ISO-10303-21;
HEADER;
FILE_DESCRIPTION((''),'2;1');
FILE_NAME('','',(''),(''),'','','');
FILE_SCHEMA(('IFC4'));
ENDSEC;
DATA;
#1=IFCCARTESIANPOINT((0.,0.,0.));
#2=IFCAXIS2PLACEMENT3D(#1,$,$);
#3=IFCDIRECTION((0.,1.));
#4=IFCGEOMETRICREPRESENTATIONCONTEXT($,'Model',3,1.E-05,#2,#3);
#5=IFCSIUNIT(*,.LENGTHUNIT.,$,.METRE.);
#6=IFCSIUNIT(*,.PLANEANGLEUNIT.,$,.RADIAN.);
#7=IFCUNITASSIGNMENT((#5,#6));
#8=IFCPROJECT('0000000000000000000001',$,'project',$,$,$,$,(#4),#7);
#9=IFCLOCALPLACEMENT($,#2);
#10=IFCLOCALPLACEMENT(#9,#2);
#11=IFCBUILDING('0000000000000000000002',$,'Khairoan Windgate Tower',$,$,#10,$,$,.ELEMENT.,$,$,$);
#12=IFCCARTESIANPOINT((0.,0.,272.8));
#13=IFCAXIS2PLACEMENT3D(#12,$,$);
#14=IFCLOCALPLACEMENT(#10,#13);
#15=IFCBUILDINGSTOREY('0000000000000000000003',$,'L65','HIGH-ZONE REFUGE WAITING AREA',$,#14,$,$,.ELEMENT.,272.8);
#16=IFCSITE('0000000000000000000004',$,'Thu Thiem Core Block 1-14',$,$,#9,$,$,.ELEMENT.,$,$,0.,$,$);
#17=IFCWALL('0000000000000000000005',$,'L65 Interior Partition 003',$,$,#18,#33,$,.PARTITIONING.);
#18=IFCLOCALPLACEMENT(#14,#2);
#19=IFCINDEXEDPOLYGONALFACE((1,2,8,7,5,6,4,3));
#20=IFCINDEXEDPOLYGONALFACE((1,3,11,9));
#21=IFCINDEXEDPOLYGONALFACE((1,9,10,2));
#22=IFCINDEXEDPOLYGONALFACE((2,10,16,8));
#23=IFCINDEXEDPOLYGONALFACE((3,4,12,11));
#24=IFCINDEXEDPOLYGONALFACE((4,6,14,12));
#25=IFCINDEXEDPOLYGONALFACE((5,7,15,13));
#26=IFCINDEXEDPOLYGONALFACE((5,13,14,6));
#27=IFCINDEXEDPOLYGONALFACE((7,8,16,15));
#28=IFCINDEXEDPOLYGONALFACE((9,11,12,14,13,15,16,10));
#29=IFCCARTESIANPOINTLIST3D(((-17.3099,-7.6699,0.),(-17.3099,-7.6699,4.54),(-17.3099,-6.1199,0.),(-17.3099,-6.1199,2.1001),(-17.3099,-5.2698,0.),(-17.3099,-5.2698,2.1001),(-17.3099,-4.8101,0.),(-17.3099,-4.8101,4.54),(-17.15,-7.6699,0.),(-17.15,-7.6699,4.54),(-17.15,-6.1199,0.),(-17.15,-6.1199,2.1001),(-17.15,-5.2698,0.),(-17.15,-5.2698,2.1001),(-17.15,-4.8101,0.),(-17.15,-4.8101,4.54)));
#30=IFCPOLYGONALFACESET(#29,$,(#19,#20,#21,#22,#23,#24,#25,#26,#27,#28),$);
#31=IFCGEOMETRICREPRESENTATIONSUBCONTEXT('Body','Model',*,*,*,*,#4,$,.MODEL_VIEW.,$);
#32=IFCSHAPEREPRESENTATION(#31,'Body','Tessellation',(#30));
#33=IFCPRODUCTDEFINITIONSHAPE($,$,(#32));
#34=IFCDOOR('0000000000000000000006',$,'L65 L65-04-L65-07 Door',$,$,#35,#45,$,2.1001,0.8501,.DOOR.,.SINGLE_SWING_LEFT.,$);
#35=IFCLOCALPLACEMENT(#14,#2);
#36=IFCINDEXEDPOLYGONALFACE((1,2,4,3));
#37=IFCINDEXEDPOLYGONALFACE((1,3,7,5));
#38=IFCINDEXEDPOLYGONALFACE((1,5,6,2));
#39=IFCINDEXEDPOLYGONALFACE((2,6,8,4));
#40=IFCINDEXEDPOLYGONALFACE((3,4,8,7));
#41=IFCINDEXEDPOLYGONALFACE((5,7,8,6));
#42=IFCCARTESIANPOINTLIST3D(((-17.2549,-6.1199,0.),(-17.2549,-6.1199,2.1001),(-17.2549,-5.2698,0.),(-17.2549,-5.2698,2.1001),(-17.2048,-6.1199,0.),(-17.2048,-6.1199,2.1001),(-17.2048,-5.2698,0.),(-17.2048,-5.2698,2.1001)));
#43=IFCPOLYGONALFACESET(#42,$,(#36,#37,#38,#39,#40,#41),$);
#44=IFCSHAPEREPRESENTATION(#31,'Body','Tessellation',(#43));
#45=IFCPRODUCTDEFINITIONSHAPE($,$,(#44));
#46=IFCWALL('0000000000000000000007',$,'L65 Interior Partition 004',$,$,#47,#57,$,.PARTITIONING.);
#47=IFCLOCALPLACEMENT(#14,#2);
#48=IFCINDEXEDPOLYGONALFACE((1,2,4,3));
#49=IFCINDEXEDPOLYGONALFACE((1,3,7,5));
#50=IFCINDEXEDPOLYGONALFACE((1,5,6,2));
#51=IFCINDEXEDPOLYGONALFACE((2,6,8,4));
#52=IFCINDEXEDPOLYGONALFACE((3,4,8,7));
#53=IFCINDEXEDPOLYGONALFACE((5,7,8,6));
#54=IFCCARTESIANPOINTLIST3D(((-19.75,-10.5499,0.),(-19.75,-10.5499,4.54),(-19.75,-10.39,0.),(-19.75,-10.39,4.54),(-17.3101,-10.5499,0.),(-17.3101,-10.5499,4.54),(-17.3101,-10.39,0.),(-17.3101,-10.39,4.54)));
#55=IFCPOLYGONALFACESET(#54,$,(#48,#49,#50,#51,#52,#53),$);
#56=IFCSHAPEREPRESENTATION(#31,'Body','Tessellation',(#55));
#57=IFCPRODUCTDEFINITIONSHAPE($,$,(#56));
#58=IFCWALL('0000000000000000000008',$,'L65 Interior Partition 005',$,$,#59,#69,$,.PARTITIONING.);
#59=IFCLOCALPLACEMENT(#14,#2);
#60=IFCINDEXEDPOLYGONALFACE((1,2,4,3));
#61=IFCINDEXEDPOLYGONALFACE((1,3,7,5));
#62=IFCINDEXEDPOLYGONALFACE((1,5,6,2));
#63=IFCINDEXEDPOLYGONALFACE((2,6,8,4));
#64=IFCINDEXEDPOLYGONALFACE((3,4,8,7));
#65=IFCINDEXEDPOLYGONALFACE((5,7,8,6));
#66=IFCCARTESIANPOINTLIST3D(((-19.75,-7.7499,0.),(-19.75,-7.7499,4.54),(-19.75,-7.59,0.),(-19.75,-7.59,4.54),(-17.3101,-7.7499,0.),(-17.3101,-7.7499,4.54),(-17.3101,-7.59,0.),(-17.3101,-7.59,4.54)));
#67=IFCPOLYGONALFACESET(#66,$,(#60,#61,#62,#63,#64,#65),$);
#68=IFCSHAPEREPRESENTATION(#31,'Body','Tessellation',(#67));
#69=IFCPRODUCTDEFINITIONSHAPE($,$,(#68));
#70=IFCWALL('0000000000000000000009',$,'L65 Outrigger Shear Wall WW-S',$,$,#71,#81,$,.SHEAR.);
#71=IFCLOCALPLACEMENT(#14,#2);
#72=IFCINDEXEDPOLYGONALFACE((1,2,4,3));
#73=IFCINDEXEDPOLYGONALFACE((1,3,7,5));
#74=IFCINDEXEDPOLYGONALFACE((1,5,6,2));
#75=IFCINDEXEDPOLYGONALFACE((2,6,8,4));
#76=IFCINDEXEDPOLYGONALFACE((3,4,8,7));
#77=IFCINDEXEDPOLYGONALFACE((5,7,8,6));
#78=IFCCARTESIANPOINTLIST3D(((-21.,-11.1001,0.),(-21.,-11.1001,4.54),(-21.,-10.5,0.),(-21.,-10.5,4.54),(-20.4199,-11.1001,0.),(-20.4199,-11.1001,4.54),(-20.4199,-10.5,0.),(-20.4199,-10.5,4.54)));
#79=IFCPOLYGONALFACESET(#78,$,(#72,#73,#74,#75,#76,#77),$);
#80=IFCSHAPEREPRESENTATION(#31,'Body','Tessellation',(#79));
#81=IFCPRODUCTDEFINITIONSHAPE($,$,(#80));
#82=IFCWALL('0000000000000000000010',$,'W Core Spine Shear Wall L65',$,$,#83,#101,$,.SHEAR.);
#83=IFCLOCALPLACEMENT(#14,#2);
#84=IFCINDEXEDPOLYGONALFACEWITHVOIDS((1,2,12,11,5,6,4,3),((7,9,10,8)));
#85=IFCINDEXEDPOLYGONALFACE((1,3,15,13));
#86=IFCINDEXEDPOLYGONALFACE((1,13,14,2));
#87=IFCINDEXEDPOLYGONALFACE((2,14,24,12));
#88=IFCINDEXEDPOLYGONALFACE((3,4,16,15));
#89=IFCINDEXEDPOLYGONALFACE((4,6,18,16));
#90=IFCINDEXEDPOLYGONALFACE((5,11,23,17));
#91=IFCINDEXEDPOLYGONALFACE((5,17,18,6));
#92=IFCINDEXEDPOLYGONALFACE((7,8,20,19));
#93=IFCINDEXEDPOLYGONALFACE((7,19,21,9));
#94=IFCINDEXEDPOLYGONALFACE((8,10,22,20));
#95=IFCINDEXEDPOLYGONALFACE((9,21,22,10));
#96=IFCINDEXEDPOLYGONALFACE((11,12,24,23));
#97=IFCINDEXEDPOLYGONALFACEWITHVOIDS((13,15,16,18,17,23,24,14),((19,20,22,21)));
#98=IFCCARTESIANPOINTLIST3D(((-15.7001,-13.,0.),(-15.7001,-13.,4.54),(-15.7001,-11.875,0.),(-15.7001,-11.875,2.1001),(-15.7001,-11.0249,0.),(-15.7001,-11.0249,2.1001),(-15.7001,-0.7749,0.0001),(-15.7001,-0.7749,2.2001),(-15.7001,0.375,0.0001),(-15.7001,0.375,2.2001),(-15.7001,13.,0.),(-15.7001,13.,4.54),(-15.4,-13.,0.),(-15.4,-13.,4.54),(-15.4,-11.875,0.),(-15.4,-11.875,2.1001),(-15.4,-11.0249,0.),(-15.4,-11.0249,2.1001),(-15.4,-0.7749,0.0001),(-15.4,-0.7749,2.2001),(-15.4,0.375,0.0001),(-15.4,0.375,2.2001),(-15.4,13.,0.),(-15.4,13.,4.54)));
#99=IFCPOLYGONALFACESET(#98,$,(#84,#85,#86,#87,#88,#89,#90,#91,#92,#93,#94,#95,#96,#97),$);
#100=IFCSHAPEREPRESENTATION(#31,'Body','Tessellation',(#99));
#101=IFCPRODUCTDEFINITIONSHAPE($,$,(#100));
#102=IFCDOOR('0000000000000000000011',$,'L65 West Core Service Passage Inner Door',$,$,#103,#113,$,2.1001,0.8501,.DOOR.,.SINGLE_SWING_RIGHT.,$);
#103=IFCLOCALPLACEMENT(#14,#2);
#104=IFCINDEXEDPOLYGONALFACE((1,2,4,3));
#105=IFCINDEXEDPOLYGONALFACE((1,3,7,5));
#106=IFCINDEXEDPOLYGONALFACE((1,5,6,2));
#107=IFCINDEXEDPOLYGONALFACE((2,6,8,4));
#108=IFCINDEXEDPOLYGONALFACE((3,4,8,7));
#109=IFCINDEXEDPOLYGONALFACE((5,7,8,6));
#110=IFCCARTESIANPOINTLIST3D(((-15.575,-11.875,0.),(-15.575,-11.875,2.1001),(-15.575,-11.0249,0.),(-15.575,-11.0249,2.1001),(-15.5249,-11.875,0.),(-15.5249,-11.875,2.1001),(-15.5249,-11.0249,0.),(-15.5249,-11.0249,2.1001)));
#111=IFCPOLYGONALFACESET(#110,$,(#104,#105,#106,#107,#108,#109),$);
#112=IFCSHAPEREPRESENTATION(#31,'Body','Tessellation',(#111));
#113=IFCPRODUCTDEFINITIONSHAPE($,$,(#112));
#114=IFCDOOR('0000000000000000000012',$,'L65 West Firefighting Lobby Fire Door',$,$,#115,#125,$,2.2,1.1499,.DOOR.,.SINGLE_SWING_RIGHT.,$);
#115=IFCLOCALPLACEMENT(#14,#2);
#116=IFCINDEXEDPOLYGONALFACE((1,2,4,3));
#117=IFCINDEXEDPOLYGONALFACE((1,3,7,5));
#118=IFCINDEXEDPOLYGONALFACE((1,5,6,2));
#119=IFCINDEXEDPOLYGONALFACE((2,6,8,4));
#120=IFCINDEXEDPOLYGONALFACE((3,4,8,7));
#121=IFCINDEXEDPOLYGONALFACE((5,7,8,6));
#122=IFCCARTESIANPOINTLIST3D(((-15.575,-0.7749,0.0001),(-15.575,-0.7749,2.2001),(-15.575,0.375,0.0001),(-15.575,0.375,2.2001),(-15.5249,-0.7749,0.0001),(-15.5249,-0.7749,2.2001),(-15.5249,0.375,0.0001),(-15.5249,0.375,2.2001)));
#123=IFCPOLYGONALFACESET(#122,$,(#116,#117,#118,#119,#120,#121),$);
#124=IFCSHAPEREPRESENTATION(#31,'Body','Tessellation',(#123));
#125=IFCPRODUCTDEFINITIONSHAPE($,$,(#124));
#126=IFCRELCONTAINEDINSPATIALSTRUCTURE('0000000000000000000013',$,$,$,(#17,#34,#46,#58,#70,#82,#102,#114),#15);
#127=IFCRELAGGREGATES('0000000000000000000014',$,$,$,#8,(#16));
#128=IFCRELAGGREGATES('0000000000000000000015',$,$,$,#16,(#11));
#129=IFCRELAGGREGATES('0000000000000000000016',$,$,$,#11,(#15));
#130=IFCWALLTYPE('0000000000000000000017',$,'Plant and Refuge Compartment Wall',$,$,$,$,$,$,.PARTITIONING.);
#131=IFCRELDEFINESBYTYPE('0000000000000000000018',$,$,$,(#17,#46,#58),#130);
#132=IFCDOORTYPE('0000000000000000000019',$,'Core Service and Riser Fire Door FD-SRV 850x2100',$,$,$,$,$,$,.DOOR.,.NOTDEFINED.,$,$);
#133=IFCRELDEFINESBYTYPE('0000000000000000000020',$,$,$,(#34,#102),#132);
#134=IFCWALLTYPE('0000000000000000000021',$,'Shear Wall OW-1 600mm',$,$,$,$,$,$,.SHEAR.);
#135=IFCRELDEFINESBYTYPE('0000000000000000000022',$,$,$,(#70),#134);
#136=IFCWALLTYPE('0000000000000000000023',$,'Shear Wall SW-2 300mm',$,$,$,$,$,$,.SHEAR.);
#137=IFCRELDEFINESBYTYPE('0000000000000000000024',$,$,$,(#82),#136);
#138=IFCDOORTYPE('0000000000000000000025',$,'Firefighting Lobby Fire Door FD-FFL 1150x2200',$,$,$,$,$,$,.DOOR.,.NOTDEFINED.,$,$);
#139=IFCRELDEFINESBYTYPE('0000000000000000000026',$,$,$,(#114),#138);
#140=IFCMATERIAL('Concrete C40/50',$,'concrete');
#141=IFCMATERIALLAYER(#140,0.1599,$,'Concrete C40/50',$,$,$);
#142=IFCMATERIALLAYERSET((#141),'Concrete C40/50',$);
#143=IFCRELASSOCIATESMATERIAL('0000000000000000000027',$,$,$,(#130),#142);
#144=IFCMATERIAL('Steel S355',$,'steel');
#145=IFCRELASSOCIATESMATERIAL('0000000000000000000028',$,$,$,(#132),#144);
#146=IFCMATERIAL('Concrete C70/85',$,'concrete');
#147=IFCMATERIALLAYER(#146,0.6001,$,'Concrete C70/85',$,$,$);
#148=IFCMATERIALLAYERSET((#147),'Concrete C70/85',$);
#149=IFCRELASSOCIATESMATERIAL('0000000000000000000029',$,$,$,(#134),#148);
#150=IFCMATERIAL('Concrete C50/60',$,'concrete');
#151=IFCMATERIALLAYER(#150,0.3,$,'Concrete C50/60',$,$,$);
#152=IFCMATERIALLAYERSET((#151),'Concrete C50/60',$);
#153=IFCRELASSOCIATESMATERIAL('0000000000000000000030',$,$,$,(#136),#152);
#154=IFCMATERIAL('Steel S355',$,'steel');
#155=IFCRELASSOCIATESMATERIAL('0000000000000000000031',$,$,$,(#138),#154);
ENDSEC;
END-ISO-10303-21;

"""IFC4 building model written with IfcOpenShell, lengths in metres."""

from ifc_helpers import new_model, si_unit, direction, frame, frame_2d, origin, place, context, subcontext, project, spatial, rectangle, extrude, material, layer, layer_set, type_object, element, fill, save


model = new_model("IFC4")

# Units and contexts
model_context = context("Model", 3, precision=1e-05, world=origin(), true_north=direction((0.0, 1.0)))
body_context = subcontext(model_context, "Body", "Model", "MODEL_VIEW")
ifc_project = project(units=[si_unit("LENGTHUNIT", "METRE"), si_unit("PLANEANGLEUNIT", "RADIAN")], contexts=[model_context])

# Site, building, storey
site_placement = place(None, origin())
site = spatial("IfcSite", under=ifc_project, at=site_placement, Name="Thu Thiem Core Block 1-14", CompositionType="ELEMENT", RefElevation=0.0)
building_placement = place(site_placement, origin())
building = spatial("IfcBuilding", under=site, at=building_placement, Name="Khairoan Windgate Tower", CompositionType="ELEMENT")
storey_placement = place(building_placement, frame((0.0, 0.0, 272.8)))
storey = spatial("IfcBuildingStorey", under=building, at=storey_placement, Name="L65", Description="HIGH-ZONE REFUGE WAITING AREA", CompositionType="ELEMENT", Elevation=272.8)

# Wall, opening, door
ifc_material_1 = material(Name="Concrete C40/50", Category="concrete")
ifc_layer_1 = layer(ifc_material_1, 0.1599, Name="Concrete C40/50")
ifc_layer_set_1 = layer_set([ifc_layer_1], Name="Concrete C40/50")
wall_type_1 = type_object("IfcWallType", Name="Plant and Refuge Compartment Wall", PredefinedType="PARTITIONING", material=ifc_layer_set_1)
ifc_material_2 = material(Name="Steel S355", Category="steel")
door_type_1 = type_object("IfcDoorType", Name="Core Service and Riser Fire Door FD-SRV 850x2100", OperationType="NOTDEFINED", PredefinedType="DOOR", material=ifc_material_2)
wall_1_placement = place(storey_placement, frame((-17.23, -7.6699, 0.0), z_axis=(0.0, 0.0, 1.0), x_axis=(0.0, 1.0, 0.0)))
wall_1 = element("IfcWall", 1, at=wall_1_placement, inside=storey, type_object=wall_type_1, Name="L65 Interior Partition 003", PredefinedType="PARTITIONING", context=body_context, shape_type="SweptSolid", body=[
    extrude(rectangle(XDim=2.8599, YDim=0.1599, at=frame_2d((1.4299, 0.0))), origin(), (0.0, 0.0, 1.0), 4.54),
])
opening_1_placement = place(wall_1_placement, frame((1.55, 0.0, 0.0)))
opening_1 = element("IfcOpeningElement", 2, at=opening_1_placement, cuts=wall_1, PredefinedType="OPENING", context=body_context, shape_type="SweptSolid", body=[
    extrude(rectangle(XDim=0.8501, YDim=2.1001, at=frame_2d((0.425, 1.05))), frame((0.0, 0.0898, 0.0), z_axis=(0.0, -1.0, 0.0), x_axis=(1.0, 0.0, 0.0)), (0.0, 0.0, 1.0), 0.1799),
])
door_1_placement = place(opening_1_placement, origin())
door_1 = element("IfcDoor", 3, at=door_1_placement, inside=storey, type_object=door_type_1, Name="L65 L65-04-L65-07 Door", OperationType="SINGLE_SWING_LEFT", OverallHeight=2.1001, OverallWidth=0.8501, PredefinedType="DOOR", context=body_context, shape_type="SweptSolid", body=[
    extrude(rectangle(XDim=0.8501, YDim=2.1001, at=frame_2d((0.425, 1.05))), frame((0.0, 0.0249, 0.0), z_axis=(0.0, -1.0, 0.0), x_axis=(1.0, 0.0, 0.0)), (0.0, 0.0, 1.0), 0.05),
])
fill(opening_1, door_1)

# Walls
for number, where, z_axis, x_axis, name in (
    (4, (-19.75, -10.47, 0.0), (0.0, 0.0, 1.0), (1.0, 0.0, 0.0), "L65 Interior Partition 004"),
    (5, (-19.75, -7.6699, 0.0), (0.0, 0.0, 1.0), (1.0, 0.0, 0.0), "L65 Interior Partition 005"),
):
    element("IfcWall", number, at=place(storey_placement, frame(where, z_axis=z_axis, x_axis=x_axis)), inside=storey, type_object=wall_type_1, Name=name, PredefinedType="PARTITIONING", context=body_context, shape_type="SweptSolid", body=[
        extrude(rectangle(XDim=2.4399, YDim=0.1599, at=frame_2d((1.22, 0.0))), origin(), (0.0, 0.0, 1.0), 4.54),
    ])
ifc_material_3 = material(Name="Concrete C70/85", Category="concrete")
ifc_layer_2 = layer(ifc_material_3, 0.6001, Name="Concrete C70/85")
ifc_layer_set_2 = layer_set([ifc_layer_2], Name="Concrete C70/85")
wall_type_2 = type_object("IfcWallType", Name="Shear Wall OW-1 600mm", PredefinedType="SHEAR", material=ifc_layer_set_2)
wall_2_placement = place(storey_placement, frame((-21.0, -10.8, 0.0), z_axis=(0.0, 0.0, 1.0), x_axis=(1.0, 0.0, 0.0)))
element("IfcWall", 6, at=wall_2_placement, inside=storey, type_object=wall_type_2, Name="L65 Outrigger Shear Wall WW-S", PredefinedType="SHEAR", context=body_context, shape_type="SweptSolid", body=[
    extrude(rectangle(XDim=0.5801, YDim=0.6001, at=frame_2d((0.29, 0.0))), origin(), (0.0, 0.0, 1.0), 4.54),
])

# Wall, openings, doors
ifc_material_4 = material(Name="Concrete C50/60", Category="concrete")
ifc_layer_3 = layer(ifc_material_4, 0.3, Name="Concrete C50/60")
ifc_layer_set_3 = layer_set([ifc_layer_3], Name="Concrete C50/60")
wall_type_3 = type_object("IfcWallType", Name="Shear Wall SW-2 300mm", PredefinedType="SHEAR", material=ifc_layer_set_3)
wall_3_placement = place(storey_placement, frame((-15.55, -13.0, 0.0), z_axis=(0.0, 0.0, 1.0), x_axis=(0.0, 1.0, 0.0)))
wall_3 = element("IfcWall", 7, at=wall_3_placement, inside=storey, type_object=wall_type_3, Name="W Core Spine Shear Wall L65", PredefinedType="SHEAR", context=body_context, shape_type="SweptSolid", body=[
    extrude(rectangle(XDim=26.0, YDim=0.3, at=frame_2d((13.0, 0.0))), origin(), (0.0, 0.0, 1.0), 4.54),
])
opening_2_placement = place(wall_3_placement, frame((12.2251, 0.0, 0.0)))
opening_2 = element("IfcOpeningElement", 8, at=opening_2_placement, cuts=wall_3, PredefinedType="OPENING", context=body_context, shape_type="SweptSolid", body=[
    extrude(rectangle(XDim=1.1499, YDim=2.2, at=frame_2d((0.575, 1.1001))), frame((0.0, 0.1599, 0.0), z_axis=(0.0, -1.0, 0.0), x_axis=(1.0, 0.0, 0.0)), (0.0, 0.0, 1.0), 0.3201),
])
opening_3_placement = place(wall_3_placement, frame((1.125, 0.0, 0.0)))
opening_3 = element("IfcOpeningElement", 9, at=opening_3_placement, cuts=wall_3, PredefinedType="OPENING", context=body_context, shape_type="SweptSolid", body=[
    extrude(rectangle(XDim=0.8501, YDim=2.1001, at=frame_2d((0.425, 1.05))), frame((0.0, 0.1599, 0.0), z_axis=(0.0, -1.0, 0.0), x_axis=(1.0, 0.0, 0.0)), (0.0, 0.0, 1.0), 0.3201),
])
door_2_placement = place(opening_3_placement, origin())
door_2 = element("IfcDoor", 10, at=door_2_placement, inside=storey, type_object=door_type_1, Name="L65 West Core Service Passage Inner Door", OperationType="SINGLE_SWING_RIGHT", OverallHeight=2.1001, OverallWidth=0.8501, PredefinedType="DOOR", context=body_context, shape_type="SweptSolid", body=[
    extrude(rectangle(XDim=0.8501, YDim=2.1001, at=frame_2d((0.425, 1.05))), frame((0.0, 0.0249, 0.0), z_axis=(0.0, -1.0, 0.0), x_axis=(1.0, 0.0, 0.0)), (0.0, 0.0, 1.0), 0.05),
])
fill(opening_3, door_2)
ifc_material_5 = material(Name="Steel S355", Category="steel")
door_type_2 = type_object("IfcDoorType", Name="Firefighting Lobby Fire Door FD-FFL 1150x2200", OperationType="NOTDEFINED", PredefinedType="DOOR", material=ifc_material_5)
door_3_placement = place(opening_2_placement, origin())
door_3 = element("IfcDoor", 11, at=door_3_placement, inside=storey, type_object=door_type_2, Name="L65 West Firefighting Lobby Fire Door", OperationType="SINGLE_SWING_RIGHT", OverallHeight=2.2, OverallWidth=1.1499, PredefinedType="DOOR", context=body_context, shape_type="SweptSolid", body=[
    extrude(rectangle(XDim=1.1499, YDim=2.2, at=frame_2d((0.575, 1.1001))), frame((0.0, 0.0249, 0.0), z_axis=(0.0, -1.0, 0.0), x_axis=(1.0, 0.0, 0.0)), (0.0, 0.0, 1.0), 0.05),
])
fill(opening_2, door_3)

save(model, "model.ifc")
